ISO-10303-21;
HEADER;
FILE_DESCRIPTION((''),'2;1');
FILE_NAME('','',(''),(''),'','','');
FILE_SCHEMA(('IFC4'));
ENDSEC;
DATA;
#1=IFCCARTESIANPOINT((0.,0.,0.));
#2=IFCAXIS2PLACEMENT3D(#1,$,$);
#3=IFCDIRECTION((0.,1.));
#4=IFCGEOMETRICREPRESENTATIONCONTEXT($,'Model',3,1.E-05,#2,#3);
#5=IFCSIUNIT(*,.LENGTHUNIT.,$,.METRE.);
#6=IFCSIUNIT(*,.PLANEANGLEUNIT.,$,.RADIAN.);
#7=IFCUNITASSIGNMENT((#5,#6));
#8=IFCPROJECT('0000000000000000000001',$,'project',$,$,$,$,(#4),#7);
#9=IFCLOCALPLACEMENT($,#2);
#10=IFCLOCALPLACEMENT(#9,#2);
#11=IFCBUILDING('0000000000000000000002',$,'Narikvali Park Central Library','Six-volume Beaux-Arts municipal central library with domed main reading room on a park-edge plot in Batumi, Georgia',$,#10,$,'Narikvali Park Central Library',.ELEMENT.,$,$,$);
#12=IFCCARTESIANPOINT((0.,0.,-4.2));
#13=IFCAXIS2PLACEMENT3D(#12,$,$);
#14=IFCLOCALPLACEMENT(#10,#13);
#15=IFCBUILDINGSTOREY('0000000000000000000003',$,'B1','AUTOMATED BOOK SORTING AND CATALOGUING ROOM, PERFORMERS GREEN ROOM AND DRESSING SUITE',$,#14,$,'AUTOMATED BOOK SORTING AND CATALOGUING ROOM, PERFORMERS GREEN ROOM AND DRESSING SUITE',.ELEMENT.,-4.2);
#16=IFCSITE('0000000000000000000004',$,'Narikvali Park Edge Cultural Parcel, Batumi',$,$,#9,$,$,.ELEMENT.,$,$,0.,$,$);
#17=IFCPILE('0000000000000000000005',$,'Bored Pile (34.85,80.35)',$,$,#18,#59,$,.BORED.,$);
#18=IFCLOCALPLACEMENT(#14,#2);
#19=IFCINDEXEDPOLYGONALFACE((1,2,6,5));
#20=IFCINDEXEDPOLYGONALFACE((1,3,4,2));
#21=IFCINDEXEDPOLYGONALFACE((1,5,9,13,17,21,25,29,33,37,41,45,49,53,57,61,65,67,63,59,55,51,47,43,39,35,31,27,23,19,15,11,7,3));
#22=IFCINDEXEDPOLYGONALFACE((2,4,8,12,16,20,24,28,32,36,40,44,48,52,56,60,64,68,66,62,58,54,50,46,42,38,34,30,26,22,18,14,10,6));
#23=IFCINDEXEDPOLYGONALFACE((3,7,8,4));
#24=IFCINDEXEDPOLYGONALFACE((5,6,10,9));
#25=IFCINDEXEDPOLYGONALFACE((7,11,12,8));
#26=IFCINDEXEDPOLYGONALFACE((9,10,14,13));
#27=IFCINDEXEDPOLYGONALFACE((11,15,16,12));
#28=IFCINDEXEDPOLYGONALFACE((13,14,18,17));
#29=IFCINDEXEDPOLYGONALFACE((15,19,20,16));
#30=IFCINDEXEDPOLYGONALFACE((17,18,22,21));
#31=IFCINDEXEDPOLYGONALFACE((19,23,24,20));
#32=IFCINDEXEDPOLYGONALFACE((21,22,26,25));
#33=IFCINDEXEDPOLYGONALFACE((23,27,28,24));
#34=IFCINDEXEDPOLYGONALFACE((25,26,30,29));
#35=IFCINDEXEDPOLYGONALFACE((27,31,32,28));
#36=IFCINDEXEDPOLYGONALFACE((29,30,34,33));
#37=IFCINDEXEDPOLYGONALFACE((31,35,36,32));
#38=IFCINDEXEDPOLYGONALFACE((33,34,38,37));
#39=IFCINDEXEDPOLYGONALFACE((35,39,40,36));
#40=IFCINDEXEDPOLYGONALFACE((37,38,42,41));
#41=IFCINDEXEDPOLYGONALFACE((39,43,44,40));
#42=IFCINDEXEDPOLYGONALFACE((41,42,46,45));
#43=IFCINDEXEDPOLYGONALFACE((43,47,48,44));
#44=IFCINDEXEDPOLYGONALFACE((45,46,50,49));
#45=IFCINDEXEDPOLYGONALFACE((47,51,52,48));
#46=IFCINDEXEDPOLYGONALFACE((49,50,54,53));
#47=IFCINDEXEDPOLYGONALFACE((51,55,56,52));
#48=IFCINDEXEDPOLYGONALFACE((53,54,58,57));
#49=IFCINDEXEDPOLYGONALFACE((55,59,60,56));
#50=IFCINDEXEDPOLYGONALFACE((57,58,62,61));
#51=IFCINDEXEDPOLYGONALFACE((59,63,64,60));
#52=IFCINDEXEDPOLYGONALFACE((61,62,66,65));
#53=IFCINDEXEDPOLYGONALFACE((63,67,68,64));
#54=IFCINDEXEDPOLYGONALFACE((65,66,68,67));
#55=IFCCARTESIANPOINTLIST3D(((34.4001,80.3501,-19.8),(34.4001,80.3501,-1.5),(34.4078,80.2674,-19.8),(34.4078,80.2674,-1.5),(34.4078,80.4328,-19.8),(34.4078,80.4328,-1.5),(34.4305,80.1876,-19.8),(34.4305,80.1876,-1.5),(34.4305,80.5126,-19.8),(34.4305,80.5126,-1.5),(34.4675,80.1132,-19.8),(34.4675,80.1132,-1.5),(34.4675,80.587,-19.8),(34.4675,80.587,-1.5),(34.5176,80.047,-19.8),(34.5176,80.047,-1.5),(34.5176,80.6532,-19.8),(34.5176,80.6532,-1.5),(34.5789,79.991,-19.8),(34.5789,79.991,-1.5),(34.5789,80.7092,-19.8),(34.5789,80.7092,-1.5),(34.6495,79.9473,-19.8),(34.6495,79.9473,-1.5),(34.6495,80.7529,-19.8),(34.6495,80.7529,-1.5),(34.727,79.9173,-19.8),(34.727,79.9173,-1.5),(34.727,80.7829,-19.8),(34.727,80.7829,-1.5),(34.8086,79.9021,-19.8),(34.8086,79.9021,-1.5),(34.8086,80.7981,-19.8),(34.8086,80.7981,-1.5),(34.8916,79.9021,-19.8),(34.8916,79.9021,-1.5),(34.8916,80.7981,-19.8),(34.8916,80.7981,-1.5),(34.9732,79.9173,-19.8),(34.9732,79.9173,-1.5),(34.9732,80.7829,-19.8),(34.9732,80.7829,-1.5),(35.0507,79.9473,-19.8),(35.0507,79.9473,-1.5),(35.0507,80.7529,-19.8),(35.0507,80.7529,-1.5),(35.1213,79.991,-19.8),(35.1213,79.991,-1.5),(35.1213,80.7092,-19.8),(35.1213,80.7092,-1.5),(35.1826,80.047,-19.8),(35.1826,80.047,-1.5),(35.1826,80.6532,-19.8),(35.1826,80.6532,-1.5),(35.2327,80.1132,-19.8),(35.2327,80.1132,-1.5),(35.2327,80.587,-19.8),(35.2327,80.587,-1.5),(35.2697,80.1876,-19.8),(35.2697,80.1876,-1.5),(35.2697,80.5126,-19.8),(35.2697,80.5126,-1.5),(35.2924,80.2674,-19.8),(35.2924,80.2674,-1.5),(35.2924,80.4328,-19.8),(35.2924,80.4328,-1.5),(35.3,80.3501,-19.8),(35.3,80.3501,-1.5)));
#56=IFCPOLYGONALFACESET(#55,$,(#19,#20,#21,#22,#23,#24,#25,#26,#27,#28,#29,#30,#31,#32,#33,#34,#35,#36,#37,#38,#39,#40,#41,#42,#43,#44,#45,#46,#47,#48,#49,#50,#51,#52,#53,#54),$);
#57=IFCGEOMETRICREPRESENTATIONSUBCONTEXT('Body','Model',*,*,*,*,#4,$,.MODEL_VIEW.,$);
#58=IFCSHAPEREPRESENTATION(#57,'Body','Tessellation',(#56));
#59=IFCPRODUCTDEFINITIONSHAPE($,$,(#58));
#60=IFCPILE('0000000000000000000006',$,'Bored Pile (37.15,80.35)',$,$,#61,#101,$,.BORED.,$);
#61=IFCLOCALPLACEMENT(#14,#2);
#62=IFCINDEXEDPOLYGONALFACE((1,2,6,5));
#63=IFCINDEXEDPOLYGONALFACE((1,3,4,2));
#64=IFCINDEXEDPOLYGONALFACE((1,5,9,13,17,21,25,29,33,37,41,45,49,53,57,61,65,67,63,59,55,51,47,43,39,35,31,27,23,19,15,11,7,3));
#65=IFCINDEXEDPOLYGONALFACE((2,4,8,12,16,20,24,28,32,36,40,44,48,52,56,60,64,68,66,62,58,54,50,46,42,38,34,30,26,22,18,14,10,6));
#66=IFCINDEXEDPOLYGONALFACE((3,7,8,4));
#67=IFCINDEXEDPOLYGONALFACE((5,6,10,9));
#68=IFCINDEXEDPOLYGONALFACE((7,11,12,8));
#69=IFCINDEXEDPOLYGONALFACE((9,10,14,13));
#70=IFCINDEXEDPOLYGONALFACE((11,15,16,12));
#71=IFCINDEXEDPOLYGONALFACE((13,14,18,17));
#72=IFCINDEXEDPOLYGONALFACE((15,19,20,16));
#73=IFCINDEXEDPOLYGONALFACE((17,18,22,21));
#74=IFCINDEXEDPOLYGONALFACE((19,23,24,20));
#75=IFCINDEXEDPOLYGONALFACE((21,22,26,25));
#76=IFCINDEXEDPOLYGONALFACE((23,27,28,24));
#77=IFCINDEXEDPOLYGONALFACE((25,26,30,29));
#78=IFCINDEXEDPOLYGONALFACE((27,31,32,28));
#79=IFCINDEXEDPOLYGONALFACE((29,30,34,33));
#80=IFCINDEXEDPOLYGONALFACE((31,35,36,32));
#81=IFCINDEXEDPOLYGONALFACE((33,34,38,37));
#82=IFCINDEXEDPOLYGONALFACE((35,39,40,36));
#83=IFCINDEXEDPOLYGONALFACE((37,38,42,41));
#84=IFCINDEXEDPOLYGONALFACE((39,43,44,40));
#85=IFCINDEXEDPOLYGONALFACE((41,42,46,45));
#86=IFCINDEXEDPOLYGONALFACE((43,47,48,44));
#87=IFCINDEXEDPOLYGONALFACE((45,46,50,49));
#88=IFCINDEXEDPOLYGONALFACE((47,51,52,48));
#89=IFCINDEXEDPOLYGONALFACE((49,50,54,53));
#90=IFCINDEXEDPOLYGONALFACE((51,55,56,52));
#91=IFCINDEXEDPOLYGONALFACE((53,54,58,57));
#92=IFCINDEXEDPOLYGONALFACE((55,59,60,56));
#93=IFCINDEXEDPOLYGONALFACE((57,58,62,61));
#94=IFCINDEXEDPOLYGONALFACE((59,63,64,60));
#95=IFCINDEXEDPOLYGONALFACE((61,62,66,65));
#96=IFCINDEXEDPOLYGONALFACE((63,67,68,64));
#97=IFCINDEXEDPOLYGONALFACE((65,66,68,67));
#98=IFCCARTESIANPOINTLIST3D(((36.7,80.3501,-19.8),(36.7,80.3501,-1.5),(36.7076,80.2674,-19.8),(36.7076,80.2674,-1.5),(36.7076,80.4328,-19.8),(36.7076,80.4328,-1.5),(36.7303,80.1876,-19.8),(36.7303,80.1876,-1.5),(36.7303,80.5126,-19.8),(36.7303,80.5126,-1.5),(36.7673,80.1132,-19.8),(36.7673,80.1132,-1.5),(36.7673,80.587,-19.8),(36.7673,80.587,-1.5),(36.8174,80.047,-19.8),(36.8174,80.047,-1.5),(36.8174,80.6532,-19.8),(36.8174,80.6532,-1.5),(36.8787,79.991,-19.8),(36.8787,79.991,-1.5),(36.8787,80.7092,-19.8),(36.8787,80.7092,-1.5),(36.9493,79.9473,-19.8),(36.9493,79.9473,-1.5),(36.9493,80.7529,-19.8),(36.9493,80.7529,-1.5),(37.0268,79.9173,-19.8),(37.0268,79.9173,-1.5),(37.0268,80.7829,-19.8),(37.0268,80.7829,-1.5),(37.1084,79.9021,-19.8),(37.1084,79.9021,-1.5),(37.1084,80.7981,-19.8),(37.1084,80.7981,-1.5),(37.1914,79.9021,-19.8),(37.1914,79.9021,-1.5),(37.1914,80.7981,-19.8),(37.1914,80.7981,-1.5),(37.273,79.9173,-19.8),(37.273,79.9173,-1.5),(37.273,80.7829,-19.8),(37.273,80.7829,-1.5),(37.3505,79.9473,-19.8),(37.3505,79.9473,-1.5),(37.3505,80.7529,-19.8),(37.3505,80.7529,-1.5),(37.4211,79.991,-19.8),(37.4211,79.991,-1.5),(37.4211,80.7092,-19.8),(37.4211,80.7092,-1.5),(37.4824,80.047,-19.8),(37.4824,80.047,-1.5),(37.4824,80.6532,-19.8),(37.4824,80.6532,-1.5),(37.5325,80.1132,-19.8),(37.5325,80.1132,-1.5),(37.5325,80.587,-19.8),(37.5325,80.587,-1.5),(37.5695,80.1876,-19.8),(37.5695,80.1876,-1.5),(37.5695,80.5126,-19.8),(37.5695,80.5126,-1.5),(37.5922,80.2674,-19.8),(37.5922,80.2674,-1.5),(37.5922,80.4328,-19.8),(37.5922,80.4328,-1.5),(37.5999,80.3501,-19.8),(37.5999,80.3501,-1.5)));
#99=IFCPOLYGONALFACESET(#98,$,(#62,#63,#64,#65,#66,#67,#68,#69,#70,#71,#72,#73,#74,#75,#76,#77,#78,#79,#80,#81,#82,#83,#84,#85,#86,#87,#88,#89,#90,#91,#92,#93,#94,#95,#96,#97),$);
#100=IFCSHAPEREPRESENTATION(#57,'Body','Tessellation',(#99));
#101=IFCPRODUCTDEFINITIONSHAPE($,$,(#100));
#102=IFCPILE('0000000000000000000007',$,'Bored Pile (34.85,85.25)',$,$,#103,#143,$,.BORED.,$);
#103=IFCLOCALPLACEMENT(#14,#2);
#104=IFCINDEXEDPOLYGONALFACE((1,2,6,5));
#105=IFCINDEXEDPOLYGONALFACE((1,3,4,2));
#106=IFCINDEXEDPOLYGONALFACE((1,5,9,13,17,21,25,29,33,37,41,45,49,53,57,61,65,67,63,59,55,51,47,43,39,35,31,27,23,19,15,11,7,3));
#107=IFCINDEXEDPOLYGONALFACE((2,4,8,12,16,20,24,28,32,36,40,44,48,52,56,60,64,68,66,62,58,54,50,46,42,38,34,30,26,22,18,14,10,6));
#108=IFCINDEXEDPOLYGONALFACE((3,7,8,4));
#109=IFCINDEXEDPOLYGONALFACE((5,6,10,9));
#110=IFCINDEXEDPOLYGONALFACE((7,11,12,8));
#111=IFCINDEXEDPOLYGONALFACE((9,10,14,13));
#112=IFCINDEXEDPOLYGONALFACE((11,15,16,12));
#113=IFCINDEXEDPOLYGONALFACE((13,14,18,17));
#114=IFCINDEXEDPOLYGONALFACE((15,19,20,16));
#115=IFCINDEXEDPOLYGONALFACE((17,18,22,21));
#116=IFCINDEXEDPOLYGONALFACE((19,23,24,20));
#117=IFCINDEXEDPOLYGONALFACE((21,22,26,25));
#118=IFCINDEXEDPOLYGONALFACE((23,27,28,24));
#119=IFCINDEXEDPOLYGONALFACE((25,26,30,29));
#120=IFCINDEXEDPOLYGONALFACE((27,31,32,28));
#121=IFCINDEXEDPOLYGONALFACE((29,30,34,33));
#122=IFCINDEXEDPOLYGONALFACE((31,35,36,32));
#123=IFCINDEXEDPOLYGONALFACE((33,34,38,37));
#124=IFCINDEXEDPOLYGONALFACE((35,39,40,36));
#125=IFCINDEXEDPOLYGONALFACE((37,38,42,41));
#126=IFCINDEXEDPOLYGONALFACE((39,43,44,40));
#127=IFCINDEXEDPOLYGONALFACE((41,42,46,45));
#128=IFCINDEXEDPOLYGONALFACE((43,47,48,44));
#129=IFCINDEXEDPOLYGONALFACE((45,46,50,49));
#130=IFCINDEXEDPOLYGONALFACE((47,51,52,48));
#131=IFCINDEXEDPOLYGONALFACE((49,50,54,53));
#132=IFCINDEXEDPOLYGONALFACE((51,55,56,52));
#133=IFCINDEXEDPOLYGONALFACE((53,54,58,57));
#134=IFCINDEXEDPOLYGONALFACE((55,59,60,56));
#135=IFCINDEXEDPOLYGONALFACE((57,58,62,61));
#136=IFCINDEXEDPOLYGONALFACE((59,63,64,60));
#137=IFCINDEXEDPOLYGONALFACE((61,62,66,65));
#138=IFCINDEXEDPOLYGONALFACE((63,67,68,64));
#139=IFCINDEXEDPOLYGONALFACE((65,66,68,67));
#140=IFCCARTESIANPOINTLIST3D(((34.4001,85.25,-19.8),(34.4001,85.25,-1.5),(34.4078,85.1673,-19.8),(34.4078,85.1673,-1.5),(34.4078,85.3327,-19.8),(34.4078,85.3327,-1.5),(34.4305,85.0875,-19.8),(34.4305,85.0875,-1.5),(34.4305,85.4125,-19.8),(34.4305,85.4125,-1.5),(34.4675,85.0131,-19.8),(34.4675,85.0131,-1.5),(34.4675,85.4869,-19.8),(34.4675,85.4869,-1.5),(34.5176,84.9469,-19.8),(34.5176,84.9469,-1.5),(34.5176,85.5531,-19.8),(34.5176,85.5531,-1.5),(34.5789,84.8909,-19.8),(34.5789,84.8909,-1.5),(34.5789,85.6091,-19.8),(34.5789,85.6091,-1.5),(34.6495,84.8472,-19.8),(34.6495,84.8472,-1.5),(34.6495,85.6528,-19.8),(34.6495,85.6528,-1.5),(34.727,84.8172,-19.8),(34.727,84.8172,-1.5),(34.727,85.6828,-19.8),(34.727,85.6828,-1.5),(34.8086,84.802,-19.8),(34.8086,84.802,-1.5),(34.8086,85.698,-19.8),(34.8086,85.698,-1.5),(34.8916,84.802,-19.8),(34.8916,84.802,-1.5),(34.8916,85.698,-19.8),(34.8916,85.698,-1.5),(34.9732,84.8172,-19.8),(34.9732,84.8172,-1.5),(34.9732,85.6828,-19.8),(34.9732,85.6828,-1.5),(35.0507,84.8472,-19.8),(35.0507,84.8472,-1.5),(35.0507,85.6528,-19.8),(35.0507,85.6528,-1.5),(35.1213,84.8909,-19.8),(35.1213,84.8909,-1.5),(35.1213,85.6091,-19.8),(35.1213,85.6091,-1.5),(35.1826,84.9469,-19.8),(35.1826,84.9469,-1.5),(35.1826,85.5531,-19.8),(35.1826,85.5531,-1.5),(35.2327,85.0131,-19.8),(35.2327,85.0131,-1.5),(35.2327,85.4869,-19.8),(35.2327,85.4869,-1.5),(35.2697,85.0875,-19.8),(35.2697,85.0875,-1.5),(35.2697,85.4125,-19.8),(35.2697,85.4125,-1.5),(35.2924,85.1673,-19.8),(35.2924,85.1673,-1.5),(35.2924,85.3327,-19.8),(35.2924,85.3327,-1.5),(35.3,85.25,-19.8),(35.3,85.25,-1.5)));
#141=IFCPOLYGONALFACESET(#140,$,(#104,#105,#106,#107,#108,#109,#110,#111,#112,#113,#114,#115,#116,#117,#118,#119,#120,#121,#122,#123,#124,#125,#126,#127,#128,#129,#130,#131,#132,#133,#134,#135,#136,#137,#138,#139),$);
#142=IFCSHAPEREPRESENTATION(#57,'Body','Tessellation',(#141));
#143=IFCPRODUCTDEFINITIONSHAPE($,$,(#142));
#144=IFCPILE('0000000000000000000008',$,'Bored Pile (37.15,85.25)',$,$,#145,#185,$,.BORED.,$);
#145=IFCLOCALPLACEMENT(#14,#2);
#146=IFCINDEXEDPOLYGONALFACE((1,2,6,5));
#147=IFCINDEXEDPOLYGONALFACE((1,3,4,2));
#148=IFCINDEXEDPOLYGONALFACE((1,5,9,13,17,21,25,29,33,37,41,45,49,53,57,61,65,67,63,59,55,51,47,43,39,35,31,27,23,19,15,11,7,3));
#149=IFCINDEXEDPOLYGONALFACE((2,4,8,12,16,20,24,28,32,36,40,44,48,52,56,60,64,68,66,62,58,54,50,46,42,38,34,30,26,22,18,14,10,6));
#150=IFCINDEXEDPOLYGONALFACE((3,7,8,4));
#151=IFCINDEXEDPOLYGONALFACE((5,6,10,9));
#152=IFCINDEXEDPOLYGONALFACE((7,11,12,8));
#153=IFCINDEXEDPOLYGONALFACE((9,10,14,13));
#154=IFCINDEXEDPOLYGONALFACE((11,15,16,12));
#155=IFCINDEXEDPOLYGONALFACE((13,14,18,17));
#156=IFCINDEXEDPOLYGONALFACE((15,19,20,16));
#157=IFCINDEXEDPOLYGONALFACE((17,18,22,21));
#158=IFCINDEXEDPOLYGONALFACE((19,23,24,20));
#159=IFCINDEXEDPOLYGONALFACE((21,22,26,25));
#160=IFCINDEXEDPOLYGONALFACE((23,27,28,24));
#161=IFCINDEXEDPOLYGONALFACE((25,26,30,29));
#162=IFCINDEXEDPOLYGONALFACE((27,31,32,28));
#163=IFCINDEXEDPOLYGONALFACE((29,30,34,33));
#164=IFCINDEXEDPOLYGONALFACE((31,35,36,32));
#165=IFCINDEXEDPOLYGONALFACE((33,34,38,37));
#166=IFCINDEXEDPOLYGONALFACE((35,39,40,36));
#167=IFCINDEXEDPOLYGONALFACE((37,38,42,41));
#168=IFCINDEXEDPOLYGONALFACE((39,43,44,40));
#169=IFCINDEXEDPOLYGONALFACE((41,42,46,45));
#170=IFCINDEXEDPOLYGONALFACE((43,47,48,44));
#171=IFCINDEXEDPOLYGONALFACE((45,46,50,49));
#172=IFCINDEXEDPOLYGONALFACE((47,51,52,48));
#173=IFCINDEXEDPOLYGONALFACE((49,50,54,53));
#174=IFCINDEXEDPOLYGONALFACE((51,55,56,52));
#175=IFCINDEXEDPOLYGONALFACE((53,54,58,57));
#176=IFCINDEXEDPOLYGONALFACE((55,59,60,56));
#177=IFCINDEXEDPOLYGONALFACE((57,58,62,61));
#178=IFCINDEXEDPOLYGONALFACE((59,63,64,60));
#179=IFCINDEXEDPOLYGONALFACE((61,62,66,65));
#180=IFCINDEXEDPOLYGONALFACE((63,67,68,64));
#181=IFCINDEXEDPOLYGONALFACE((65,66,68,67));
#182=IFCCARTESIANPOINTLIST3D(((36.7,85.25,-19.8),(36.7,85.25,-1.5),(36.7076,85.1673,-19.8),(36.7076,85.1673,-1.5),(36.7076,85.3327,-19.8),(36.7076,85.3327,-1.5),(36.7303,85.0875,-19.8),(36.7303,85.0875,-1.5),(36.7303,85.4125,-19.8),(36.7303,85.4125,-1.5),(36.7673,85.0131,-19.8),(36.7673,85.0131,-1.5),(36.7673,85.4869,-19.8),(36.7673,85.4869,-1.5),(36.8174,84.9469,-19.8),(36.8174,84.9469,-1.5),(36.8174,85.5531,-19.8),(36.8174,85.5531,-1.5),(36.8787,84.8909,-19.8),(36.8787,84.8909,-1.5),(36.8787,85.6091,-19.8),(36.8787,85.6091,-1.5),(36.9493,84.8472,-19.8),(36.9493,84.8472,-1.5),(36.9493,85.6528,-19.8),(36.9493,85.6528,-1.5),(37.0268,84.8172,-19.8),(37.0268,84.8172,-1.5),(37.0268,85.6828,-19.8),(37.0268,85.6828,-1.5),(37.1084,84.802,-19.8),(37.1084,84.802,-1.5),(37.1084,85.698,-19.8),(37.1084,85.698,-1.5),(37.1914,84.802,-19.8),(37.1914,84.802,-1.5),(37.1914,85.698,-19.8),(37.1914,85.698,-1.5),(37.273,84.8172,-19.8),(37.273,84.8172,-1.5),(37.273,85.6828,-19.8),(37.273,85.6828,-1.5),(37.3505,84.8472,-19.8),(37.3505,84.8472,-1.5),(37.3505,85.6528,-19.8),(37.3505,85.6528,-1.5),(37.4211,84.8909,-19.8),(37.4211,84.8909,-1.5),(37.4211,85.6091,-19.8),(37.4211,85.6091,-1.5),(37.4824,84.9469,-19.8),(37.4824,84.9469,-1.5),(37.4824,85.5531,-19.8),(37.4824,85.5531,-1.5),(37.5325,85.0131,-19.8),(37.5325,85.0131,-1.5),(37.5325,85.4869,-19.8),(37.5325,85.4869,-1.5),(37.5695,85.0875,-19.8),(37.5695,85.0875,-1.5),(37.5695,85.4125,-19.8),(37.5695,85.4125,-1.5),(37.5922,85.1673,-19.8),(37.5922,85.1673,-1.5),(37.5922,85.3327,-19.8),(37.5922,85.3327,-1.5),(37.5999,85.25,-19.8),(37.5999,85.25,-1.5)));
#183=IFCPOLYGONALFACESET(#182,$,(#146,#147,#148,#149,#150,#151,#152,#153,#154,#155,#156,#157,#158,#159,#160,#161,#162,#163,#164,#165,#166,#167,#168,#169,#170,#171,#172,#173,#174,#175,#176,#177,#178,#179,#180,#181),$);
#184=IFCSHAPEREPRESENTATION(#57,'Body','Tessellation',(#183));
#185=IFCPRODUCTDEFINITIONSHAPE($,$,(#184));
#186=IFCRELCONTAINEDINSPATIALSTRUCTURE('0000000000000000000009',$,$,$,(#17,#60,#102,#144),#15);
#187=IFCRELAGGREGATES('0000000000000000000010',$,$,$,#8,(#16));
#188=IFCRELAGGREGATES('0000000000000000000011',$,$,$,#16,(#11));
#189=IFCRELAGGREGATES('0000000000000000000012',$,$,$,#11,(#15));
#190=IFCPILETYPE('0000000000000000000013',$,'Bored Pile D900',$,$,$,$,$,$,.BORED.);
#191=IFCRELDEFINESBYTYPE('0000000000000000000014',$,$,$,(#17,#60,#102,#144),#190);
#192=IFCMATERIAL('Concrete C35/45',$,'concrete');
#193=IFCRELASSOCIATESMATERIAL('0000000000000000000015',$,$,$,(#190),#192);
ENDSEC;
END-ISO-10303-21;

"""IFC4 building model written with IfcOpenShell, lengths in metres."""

from ifc_helpers import new_model, si_unit, direction, frame, origin, origin_2d, place, context, subcontext, project, spatial, circle, extrude, material, material_profile, profile_set, type_object, element, save


model = new_model("IFC4")

# Units and contexts
model_context = context("Model", 3, precision=1e-05, world=origin(), true_north=direction((0.0, 1.0)))
body_context = subcontext(model_context, "Body", "Model", "MODEL_VIEW")
ifc_project = project(units=[si_unit("LENGTHUNIT", "METRE"), si_unit("PLANEANGLEUNIT", "RADIAN")], contexts=[model_context])

# Site, building, storey
site_placement = place(None, origin())
site = spatial("IfcSite", under=ifc_project, at=site_placement, Name="Narikvali Park Edge Cultural Parcel, Batumi", CompositionType="ELEMENT", RefElevation=0.0)
building_placement = place(site_placement, origin())
building = spatial("IfcBuilding", under=site, at=building_placement, Name="Narikvali Park Central Library", Description="Six-volume Beaux-Arts municipal central library with domed main reading room on a park-edge plot in Batumi, Georgia", LongName="Narikvali Park Central Library", CompositionType="ELEMENT")
storey_placement = place(building_placement, frame((0.0, 0.0, -4.2)))
storey = spatial("IfcBuildingStorey", under=building, at=storey_placement, Name="B1", Description="AUTOMATED BOOK SORTING AND CATALOGUING ROOM, PERFORMERS GREEN ROOM AND DRESSING SUITE", LongName="AUTOMATED BOOK SORTING AND CATALOGUING ROOM, PERFORMERS GREEN ROOM AND DRESSING SUITE", CompositionType="ELEMENT", Elevation=-4.2)

# Piles
ifc_material_1 = material(Name="Concrete C35/45", Category="concrete")
ifc_material_profile_1 = material_profile(ifc_material_1, circle(Radius=0.45, at=origin_2d()), Name="PILE D900")
ifc_profile_set_1 = profile_set([ifc_material_profile_1], Name="Concrete C35/45")
pile_type = type_object("IfcPileType", Name="Bored Pile D900", PredefinedType="BORED", material=ifc_profile_set_1)
for number, where, z_axis, x_axis, name in (
    (1, (34.8501, 80.3501, -1.5), (0.0, 0.0, -1.0), (1.0, 0.0, 0.0), "Bored Pile (34.85,80.35)"),
    (2, (37.1499, 80.3501, -1.5), (0.0, 0.0, -1.0), (1.0, 0.0, 0.0), "Bored Pile (37.15,80.35)"),
    (3, (34.8501, 85.25, -1.5), (0.0, 0.0, -1.0), (1.0, 0.0, 0.0), "Bored Pile (34.85,85.25)"),
    (4, (37.1499, 85.25, -1.5), (0.0, 0.0, -1.0), (1.0, 0.0, 0.0), "Bored Pile (37.15,85.25)"),
):
    element("IfcPile", number, at=place(storey_placement, frame(where, z_axis=z_axis, x_axis=x_axis)), inside=storey, type_object=pile_type, Name=name, PredefinedType="BORED", context=body_context, shape_type="SweptSolid", body=[
        extrude(circle(Radius=0.45, at=origin_2d()), origin(), (0.0, 0.0, 1.0), 18.3),
    ])

save(model, "model.ifc")
